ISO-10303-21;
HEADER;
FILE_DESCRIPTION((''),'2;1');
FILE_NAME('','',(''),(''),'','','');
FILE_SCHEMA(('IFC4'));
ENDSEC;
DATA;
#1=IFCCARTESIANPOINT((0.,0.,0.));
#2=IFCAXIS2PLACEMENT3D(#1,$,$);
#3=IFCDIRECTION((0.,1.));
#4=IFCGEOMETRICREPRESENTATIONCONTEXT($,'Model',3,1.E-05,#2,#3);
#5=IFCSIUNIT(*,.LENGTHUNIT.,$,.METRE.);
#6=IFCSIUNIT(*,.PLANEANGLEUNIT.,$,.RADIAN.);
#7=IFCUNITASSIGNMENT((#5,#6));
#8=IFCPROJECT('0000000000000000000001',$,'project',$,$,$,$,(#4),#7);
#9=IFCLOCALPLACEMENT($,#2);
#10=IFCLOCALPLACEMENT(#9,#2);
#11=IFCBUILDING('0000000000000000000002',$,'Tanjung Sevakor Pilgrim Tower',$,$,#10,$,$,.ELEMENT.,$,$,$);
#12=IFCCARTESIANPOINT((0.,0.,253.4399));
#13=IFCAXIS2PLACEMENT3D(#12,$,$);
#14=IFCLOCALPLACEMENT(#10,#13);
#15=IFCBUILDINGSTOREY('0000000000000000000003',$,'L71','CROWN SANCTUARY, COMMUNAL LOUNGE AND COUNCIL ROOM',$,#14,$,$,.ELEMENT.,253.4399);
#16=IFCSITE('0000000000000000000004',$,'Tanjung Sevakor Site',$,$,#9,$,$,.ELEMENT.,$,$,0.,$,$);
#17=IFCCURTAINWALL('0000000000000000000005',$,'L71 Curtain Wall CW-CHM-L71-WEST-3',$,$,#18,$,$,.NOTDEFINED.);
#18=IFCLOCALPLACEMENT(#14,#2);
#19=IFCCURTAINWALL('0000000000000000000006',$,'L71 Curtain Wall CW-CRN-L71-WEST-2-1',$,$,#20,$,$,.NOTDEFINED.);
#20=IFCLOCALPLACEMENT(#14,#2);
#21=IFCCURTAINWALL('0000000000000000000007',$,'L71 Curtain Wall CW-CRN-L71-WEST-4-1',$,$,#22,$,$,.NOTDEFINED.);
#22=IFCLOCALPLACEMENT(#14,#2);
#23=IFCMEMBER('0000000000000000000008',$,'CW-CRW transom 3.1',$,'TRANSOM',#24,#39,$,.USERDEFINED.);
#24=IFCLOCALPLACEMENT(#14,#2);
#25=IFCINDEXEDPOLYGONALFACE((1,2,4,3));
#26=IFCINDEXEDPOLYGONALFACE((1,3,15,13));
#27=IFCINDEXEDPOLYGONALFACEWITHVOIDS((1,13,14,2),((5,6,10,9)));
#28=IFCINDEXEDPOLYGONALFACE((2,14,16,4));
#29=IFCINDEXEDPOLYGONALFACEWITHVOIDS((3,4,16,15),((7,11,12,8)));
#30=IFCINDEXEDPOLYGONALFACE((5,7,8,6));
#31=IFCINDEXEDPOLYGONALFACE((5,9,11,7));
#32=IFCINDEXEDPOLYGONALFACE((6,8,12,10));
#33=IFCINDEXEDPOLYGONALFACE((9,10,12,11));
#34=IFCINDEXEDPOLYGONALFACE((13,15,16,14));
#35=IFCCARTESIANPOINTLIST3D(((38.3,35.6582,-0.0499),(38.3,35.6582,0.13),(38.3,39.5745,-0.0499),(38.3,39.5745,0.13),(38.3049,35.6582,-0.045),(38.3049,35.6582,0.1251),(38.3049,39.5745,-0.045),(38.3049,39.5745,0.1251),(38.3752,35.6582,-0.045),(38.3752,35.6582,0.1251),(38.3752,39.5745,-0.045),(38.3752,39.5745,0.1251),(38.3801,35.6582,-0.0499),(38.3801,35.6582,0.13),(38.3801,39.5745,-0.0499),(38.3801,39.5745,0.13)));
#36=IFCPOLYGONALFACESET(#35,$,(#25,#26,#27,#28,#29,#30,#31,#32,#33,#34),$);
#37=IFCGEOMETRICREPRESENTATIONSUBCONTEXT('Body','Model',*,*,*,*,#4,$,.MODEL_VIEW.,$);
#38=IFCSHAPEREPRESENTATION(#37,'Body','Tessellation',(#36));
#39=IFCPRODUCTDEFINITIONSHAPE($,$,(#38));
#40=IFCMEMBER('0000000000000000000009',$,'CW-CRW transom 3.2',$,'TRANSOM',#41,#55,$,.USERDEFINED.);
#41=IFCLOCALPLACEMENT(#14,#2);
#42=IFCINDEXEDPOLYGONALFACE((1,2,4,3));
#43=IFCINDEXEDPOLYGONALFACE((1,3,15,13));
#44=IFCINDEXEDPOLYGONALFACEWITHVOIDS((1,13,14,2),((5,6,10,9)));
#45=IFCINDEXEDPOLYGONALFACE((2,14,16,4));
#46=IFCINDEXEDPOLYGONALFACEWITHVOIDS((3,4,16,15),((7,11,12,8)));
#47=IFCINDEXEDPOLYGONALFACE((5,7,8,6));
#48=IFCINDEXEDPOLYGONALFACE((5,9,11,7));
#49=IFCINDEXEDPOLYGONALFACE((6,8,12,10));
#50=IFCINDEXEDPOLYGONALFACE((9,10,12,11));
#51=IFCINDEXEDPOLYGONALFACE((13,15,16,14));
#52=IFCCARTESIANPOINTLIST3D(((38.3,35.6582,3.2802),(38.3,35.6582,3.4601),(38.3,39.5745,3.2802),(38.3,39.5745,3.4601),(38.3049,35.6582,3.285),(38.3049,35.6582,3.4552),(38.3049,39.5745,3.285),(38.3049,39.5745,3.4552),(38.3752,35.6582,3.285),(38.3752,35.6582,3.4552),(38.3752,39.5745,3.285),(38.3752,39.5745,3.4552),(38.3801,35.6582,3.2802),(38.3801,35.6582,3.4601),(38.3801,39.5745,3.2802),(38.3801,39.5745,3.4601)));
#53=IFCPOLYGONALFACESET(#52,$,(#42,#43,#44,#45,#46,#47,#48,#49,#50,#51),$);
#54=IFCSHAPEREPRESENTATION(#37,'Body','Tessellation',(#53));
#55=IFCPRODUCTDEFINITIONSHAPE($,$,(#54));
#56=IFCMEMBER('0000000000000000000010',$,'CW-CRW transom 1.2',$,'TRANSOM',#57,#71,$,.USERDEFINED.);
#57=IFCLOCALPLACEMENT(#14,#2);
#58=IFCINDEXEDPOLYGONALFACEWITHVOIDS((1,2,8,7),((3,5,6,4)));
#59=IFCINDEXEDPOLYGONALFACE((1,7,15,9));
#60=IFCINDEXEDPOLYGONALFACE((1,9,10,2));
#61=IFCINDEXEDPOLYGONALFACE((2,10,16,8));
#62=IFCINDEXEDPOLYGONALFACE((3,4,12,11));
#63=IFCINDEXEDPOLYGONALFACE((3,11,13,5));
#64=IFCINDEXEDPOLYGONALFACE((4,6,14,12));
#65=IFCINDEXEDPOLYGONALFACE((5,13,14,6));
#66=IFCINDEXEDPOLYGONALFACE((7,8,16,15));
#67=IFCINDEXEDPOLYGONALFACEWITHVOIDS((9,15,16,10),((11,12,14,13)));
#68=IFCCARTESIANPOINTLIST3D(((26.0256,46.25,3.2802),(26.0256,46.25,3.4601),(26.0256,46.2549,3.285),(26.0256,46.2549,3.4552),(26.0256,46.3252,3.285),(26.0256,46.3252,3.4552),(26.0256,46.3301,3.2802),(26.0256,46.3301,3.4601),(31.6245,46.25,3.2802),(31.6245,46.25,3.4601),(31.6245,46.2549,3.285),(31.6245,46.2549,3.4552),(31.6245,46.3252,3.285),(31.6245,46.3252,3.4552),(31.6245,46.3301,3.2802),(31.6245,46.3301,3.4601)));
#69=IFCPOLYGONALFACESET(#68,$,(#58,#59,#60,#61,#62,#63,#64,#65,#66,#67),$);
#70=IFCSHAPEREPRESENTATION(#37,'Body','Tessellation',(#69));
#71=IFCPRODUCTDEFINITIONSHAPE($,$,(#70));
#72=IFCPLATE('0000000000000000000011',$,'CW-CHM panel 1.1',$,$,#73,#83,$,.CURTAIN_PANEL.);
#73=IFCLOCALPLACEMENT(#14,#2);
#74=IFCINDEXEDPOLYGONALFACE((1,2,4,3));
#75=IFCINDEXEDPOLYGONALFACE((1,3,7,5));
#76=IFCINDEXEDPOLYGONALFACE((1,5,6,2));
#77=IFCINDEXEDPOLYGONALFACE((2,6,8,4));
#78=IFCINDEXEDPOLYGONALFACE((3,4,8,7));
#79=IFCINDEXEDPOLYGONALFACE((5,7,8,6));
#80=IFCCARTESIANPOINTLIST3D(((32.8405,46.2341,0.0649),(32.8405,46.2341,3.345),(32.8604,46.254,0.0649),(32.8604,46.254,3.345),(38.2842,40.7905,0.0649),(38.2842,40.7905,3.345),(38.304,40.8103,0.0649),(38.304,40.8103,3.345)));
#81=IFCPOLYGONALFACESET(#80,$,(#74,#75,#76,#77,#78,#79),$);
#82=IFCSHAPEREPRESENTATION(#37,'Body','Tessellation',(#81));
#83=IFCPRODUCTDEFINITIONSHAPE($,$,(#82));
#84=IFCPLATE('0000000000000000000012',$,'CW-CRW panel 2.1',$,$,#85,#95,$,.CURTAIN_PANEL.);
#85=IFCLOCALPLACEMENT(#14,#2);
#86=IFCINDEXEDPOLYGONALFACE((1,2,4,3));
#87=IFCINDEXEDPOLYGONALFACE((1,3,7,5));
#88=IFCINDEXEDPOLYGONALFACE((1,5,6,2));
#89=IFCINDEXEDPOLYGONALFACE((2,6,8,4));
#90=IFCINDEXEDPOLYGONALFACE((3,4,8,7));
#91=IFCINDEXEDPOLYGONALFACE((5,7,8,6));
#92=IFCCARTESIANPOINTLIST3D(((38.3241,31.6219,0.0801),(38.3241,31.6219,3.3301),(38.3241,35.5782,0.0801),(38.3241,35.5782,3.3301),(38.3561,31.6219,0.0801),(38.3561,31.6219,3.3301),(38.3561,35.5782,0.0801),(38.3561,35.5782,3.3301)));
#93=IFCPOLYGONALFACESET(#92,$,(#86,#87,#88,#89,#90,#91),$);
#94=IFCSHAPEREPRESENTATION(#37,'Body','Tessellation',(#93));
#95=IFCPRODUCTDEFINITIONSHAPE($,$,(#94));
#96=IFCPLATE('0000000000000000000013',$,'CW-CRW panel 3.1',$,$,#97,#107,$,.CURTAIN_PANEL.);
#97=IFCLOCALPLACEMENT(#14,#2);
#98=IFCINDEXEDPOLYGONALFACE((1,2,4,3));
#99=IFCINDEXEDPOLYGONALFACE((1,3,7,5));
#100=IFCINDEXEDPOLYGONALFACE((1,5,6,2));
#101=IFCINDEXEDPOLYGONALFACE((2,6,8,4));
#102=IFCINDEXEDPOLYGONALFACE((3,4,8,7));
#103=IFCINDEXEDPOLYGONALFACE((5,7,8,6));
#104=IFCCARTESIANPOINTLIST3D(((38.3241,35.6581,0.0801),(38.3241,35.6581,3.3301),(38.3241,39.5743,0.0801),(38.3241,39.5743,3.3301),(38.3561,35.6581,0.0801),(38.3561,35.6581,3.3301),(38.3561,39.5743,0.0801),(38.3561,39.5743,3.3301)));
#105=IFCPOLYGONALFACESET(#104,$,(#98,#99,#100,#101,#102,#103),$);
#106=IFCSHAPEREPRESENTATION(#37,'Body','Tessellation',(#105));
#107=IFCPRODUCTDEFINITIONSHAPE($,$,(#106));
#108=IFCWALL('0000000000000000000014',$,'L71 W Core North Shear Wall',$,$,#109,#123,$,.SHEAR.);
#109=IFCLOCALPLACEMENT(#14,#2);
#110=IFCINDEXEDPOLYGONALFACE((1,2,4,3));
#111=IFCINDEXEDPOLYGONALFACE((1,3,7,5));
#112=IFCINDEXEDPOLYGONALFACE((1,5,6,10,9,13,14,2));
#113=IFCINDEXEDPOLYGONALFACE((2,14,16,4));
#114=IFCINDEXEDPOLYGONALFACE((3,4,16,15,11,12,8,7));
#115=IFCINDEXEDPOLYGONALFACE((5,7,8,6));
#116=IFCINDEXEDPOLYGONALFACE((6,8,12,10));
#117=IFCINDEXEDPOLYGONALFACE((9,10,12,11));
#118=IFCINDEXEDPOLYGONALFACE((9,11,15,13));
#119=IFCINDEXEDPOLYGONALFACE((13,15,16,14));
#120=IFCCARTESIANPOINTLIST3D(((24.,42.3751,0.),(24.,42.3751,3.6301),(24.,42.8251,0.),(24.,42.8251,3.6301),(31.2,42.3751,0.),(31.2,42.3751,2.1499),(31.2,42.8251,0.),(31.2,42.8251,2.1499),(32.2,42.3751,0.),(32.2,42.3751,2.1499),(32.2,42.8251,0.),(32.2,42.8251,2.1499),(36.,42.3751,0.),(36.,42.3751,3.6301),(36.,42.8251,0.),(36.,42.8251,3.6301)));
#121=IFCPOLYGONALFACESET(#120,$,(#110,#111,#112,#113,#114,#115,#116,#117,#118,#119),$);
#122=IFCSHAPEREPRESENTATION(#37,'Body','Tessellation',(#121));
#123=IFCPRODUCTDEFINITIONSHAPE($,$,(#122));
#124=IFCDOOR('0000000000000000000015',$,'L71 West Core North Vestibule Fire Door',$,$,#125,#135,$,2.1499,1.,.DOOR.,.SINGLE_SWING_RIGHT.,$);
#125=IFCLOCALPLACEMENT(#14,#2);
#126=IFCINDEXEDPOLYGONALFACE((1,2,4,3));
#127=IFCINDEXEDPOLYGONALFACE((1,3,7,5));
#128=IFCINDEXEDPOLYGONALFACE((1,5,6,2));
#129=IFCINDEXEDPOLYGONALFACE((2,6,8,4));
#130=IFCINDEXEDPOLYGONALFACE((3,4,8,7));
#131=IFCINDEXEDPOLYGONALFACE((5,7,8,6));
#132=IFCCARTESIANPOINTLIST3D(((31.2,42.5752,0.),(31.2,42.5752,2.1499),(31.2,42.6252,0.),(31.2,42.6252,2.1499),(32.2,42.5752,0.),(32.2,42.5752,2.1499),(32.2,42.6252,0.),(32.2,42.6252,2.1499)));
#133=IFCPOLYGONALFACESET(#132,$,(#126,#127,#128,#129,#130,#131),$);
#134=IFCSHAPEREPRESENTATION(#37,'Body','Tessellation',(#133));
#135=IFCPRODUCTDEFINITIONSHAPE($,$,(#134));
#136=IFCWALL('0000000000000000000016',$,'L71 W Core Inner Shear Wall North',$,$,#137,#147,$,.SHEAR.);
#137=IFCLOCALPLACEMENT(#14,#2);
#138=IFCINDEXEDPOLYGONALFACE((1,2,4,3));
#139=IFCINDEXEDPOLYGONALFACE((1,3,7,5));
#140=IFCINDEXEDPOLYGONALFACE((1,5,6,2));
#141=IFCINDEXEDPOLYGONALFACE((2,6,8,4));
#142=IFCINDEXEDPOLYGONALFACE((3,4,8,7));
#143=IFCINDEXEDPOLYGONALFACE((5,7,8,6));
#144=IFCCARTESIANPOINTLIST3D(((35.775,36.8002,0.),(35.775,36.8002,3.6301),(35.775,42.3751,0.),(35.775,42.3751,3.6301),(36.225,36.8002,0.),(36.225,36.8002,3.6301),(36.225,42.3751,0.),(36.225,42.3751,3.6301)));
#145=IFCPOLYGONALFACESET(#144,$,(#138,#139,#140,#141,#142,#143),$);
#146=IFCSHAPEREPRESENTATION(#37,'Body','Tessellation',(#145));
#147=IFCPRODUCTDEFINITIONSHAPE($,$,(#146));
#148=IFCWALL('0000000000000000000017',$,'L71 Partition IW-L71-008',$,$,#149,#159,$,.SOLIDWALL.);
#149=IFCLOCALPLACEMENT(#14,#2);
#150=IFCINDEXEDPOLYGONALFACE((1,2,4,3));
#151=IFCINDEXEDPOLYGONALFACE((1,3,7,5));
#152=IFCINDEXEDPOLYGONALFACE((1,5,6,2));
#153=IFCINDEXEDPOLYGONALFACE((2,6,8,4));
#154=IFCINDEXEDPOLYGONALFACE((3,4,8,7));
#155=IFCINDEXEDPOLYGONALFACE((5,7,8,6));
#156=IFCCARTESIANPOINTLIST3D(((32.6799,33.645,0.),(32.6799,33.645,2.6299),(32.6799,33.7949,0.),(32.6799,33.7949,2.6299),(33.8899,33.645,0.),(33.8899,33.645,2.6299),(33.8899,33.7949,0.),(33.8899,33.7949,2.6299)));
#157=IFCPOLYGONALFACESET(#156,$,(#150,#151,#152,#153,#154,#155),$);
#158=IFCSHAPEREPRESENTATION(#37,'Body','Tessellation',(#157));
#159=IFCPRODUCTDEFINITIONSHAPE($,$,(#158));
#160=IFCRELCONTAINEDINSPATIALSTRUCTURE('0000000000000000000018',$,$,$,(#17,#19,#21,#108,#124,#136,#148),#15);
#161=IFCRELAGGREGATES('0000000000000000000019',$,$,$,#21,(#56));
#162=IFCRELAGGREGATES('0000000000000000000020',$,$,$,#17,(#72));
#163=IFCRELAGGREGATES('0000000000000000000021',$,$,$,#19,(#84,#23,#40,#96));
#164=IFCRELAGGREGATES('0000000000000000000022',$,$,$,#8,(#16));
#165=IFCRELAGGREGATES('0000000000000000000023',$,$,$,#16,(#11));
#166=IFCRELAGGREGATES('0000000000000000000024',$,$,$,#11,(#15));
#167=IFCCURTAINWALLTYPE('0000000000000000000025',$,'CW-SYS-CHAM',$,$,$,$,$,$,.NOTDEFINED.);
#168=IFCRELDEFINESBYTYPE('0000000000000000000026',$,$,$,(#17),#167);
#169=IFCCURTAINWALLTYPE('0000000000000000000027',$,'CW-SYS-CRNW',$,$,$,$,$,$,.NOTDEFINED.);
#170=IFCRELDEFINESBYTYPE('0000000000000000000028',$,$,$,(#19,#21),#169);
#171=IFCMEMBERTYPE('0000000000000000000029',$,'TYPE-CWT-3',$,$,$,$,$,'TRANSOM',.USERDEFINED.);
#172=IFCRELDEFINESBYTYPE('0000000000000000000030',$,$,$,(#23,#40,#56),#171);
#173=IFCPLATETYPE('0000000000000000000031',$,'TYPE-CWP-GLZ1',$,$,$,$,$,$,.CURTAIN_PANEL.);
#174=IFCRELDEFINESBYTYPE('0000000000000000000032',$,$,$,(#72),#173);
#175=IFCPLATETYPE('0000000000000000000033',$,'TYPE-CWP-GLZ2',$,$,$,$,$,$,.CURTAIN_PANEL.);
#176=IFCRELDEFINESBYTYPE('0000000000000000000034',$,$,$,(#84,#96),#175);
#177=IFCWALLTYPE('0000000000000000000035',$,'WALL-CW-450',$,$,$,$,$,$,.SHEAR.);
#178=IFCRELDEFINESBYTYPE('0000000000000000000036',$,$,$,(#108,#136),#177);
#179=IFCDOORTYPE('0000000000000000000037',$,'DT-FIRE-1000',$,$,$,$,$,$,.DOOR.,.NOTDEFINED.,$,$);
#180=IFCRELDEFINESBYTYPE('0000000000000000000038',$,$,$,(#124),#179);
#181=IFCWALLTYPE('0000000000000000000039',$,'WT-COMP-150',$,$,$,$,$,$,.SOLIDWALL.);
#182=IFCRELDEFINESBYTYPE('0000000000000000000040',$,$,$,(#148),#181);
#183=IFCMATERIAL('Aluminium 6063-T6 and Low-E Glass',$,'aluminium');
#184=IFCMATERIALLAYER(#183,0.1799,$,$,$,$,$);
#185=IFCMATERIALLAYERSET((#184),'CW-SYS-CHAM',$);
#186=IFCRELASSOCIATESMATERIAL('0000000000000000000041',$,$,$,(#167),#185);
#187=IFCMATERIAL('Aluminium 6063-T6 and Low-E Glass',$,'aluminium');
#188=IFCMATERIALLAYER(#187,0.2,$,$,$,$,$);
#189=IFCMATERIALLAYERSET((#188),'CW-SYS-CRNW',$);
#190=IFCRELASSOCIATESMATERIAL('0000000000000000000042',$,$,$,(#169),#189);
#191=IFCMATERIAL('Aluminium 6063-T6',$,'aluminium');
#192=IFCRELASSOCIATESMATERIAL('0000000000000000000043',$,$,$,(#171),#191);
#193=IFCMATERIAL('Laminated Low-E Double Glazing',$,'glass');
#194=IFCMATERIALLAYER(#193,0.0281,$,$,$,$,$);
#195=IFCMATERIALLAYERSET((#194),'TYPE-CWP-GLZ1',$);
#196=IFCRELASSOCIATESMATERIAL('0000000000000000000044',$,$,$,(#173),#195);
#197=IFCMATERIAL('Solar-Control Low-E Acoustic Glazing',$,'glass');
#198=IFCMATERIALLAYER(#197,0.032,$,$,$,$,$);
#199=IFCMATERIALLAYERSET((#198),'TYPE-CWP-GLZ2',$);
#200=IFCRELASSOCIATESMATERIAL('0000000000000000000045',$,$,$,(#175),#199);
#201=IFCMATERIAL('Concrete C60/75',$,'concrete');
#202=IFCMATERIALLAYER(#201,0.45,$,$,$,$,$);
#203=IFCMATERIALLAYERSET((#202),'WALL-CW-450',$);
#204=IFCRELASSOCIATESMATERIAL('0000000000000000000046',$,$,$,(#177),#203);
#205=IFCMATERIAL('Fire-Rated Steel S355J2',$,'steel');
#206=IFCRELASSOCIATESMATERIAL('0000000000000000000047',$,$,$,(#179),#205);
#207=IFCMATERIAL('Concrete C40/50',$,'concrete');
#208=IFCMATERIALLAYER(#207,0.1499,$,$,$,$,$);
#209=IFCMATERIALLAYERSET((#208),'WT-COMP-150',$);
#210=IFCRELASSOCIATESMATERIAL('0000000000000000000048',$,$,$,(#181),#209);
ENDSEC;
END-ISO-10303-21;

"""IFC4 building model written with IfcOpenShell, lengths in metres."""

from ifc_helpers import new_model, si_unit, direction, frame, frame_2d, origin, origin_2d, place, context, subcontext, project, spatial, rectangle, hollow_rectangle, extrude, material, layer, layer_set, material_profile, profile_set, type_object, element, fill, aggregate, save


model = new_model("IFC4")

# Units and contexts
model_context = context("Model", 3, precision=1e-05, world=origin(), true_north=direction((0.0, 1.0)))
body_context = subcontext(model_context, "Body", "Model", "MODEL_VIEW")
ifc_project = project(units=[si_unit("LENGTHUNIT", "METRE"), si_unit("PLANEANGLEUNIT", "RADIAN")], contexts=[model_context])

# Site, building, storey
site_placement = place(None, origin())
site = spatial("IfcSite", under=ifc_project, at=site_placement, Name="Tanjung Sevakor Site", CompositionType="ELEMENT", RefElevation=0.0)
building_placement = place(site_placement, origin())
building = spatial("IfcBuilding", under=site, at=building_placement, Name="Tanjung Sevakor Pilgrim Tower", CompositionType="ELEMENT")
storey_placement = place(building_placement, frame((0.0, 0.0, 253.4399)))
storey = spatial("IfcBuildingStorey", under=building, at=storey_placement, Name="L71", Description="CROWN SANCTUARY, COMMUNAL LOUNGE AND COUNCIL ROOM", CompositionType="ELEMENT", Elevation=253.4399)

# Curtain walls
ifc_material_1 = material(Name="Aluminium 6063-T6 and Low-E Glass", Category="aluminium")
ifc_layer_1 = layer(ifc_material_1, 0.1799)
ifc_layer_set_1 = layer_set([ifc_layer_1], Name="CW-SYS-CHAM")
curtain_wall_type_1 = type_object("IfcCurtainWallType", Name="CW-SYS-CHAM", PredefinedType="NOTDEFINED", material=ifc_layer_set_1)
curtain_wall_1_placement = place(storey_placement, origin())
curtain_wall_1 = element("IfcCurtainWall", 1, at=curtain_wall_1_placement, inside=storey, type_object=curtain_wall_type_1, Name="L71 Curtain Wall CW-CHM-L71-WEST-3", PredefinedType="NOTDEFINED")
ifc_material_2 = material(Name="Aluminium 6063-T6 and Low-E Glass", Category="aluminium")
ifc_layer_2 = layer(ifc_material_2, 0.2)
ifc_layer_set_2 = layer_set([ifc_layer_2], Name="CW-SYS-CRNW")
curtain_wall_type_2 = type_object("IfcCurtainWallType", Name="CW-SYS-CRNW", PredefinedType="NOTDEFINED", material=ifc_layer_set_2)
curtain_wall_2_placement = place(storey_placement, origin())
curtain_wall_2 = element("IfcCurtainWall", 2, at=curtain_wall_2_placement, inside=storey, type_object=curtain_wall_type_2, Name="L71 Curtain Wall CW-CRN-L71-WEST-2-1", PredefinedType="NOTDEFINED")

# Curtain wall
curtain_wall_3_placement = place(storey_placement, origin())
curtain_wall_3 = element("IfcCurtainWall", 3, at=curtain_wall_3_placement, inside=storey, type_object=curtain_wall_type_2, Name="L71 Curtain Wall CW-CRN-L71-WEST-4-1", PredefinedType="NOTDEFINED")

# Members
ifc_material_3 = material(Name="Aluminium 6063-T6", Category="aluminium")
ifc_material_profile_1 = material_profile(ifc_material_3, hollow_rectangle(XDim=0.0801, YDim=0.1799, WallThickness=0.0049, at=origin_2d()))
ifc_profile_set_1 = profile_set([ifc_material_profile_1], Name="Aluminium 6063-T6")
member_type_1 = type_object("IfcMemberType", Name="TYPE-CWT-3", ElementType="TRANSOM", PredefinedType="USERDEFINED", material=ifc_profile_set_1)
member_1_placement = place(storey_placement, frame((38.3401, 35.6582, 0.04), z_axis=(0.0, 1.0, 0.0), x_axis=(-1.0, 0.0, 0.0)))
member_1 = element("IfcMember", 4, at=member_1_placement, type_object=member_type_1, Name="CW-CRW transom 3.1", ObjectType="TRANSOM", PredefinedType="USERDEFINED", context=body_context, shape_type="SweptSolid", body=[
    extrude(hollow_rectangle(XDim=0.0801, YDim=0.1799, WallThickness=0.0049, at=origin_2d()), origin(), (0.0, 0.0, 1.0), 3.9163),
])
member_2_placement = place(storey_placement, frame((38.3401, 35.6582, 3.3701), z_axis=(0.0, 1.0, 0.0), x_axis=(-1.0, 0.0, 0.0)))
member_2 = element("IfcMember", 5, at=member_2_placement, type_object=member_type_1, Name="CW-CRW transom 3.2", ObjectType="TRANSOM", PredefinedType="USERDEFINED", context=body_context, shape_type="SweptSolid", body=[
    extrude(hollow_rectangle(XDim=0.0801, YDim=0.1799, WallThickness=0.0049, at=origin_2d()), origin(), (0.0, 0.0, 1.0), 3.9163),
])
member_3_placement = place(storey_placement, frame((31.6245, 46.29, 3.3701), z_axis=(-1.0, 0.0, 0.0), x_axis=(0.0, -1.0, 0.0)))
member_3 = element("IfcMember", 6, at=member_3_placement, type_object=member_type_1, Name="CW-CRW transom 1.2", ObjectType="TRANSOM", PredefinedType="USERDEFINED", context=body_context, shape_type="SweptSolid", body=[
    extrude(hollow_rectangle(XDim=0.0801, YDim=0.1799, WallThickness=0.0049, at=origin_2d()), origin(), (0.0, 0.0, 1.0), 5.5989),
])
aggregate(curtain_wall_3, [member_3])

# Plates
ifc_material_4 = material(Name="Laminated Low-E Double Glazing", Category="glass")
ifc_layer_3 = layer(ifc_material_4, 0.0281)
ifc_layer_set_3 = layer_set([ifc_layer_3], Name="TYPE-CWP-GLZ1")
plate_type_1 = type_object("IfcPlateType", Name="TYPE-CWP-GLZ1", PredefinedType="CURTAIN_PANEL", material=ifc_layer_set_3)
plate_1_placement = place(storey_placement, frame((35.5723, 43.5222, 0.0649), z_axis=(0.0, 0.0, 1.0), x_axis=(-0.707107, 0.707107, 0.0)))
plate_1 = element("IfcPlate", 7, at=plate_1_placement, type_object=plate_type_1, Name="CW-CHM panel 1.1", PredefinedType="CURTAIN_PANEL", context=body_context, shape_type="SweptSolid", body=[
    extrude(rectangle(XDim=7.6985, YDim=0.0281, at=origin_2d()), origin(), (0.0, 0.0, 1.0), 3.28),
])
aggregate(curtain_wall_1, [plate_1])
ifc_material_5 = material(Name="Solar-Control Low-E Acoustic Glazing", Category="glass")
ifc_layer_4 = layer(ifc_material_5, 0.032)
ifc_layer_set_4 = layer_set([ifc_layer_4], Name="TYPE-CWP-GLZ2")
plate_type_2 = type_object("IfcPlateType", Name="TYPE-CWP-GLZ2", PredefinedType="CURTAIN_PANEL", material=ifc_layer_set_4)
plate_2_placement = place(storey_placement, frame((38.3401, 33.6001, 0.0801), z_axis=(0.0, 0.0, 1.0), x_axis=(0.0, 1.0, 0.0)))
plate_2 = element("IfcPlate", 8, at=plate_2_placement, type_object=plate_type_2, Name="CW-CRW panel 2.1", PredefinedType="CURTAIN_PANEL", context=body_context, shape_type="SweptSolid", body=[
    extrude(rectangle(XDim=3.9563, YDim=0.032, at=origin_2d()), origin(), (0.0, 0.0, 1.0), 3.25),
])
plate_3_placement = place(storey_placement, frame((38.3401, 37.6162, 0.0801), z_axis=(0.0, 0.0, 1.0), x_axis=(0.0, 1.0, 0.0)))
plate_3 = element("IfcPlate", 9, at=plate_3_placement, type_object=plate_type_2, Name="CW-CRW panel 3.1", PredefinedType="CURTAIN_PANEL", context=body_context, shape_type="SweptSolid", body=[
    extrude(rectangle(XDim=3.9163, YDim=0.032, at=origin_2d()), origin(), (0.0, 0.0, 1.0), 3.25),
])
aggregate(curtain_wall_2, [plate_2, member_1, member_2, plate_3])

# Wall, opening, door
ifc_material_6 = material(Name="Concrete C60/75", Category="concrete")
ifc_layer_5 = layer(ifc_material_6, 0.45)
ifc_layer_set_5 = layer_set([ifc_layer_5], Name="WALL-CW-450")
wall_type_1 = type_object("IfcWallType", Name="WALL-CW-450", PredefinedType="SHEAR", material=ifc_layer_set_5)
wall_1_placement = place(storey_placement, frame((36.0, 42.6001, 0.0), z_axis=(0.0, 0.0, 1.0), x_axis=(-1.0, 0.0, 0.0)))
wall_1 = element("IfcWall", 10, at=wall_1_placement, inside=storey, type_object=wall_type_1, Name="L71 W Core North Shear Wall", PredefinedType="SHEAR", context=body_context, shape_type="SweptSolid", body=[
    extrude(rectangle(XDim=12.0, YDim=0.45, at=frame_2d((6.0, 0.0))), origin(), (0.0, 0.0, 1.0), 3.6301),
])
opening_1_placement = place(wall_1_placement, frame((3.8, 0.0, 0.0)))
opening_1 = element("IfcOpeningElement", 11, at=opening_1_placement, cuts=wall_1, PredefinedType="OPENING", context=body_context, shape_type="SweptSolid", body=[
    extrude(rectangle(XDim=1.0, YDim=2.1499, at=frame_2d((0.5, 1.075))), frame((0.0, 0.2349, 0.0), z_axis=(0.0, -1.0, 0.0), x_axis=(1.0, 0.0, 0.0)), (0.0, 0.0, 1.0), 0.47),
])
ifc_material_7 = material(Name="Fire-Rated Steel S355J2", Category="steel")
door_type_1 = type_object("IfcDoorType", Name="DT-FIRE-1000", OperationType="NOTDEFINED", PredefinedType="DOOR", material=ifc_material_7)
door_1_placement = place(opening_1_placement, origin())
door_1 = element("IfcDoor", 12, at=door_1_placement, inside=storey, type_object=door_type_1, Name="L71 West Core North Vestibule Fire Door", OperationType="SINGLE_SWING_RIGHT", OverallHeight=2.1499, OverallWidth=1.0, PredefinedType="DOOR", context=body_context, shape_type="SweptSolid", body=[
    extrude(rectangle(XDim=1.0, YDim=2.1499, at=frame_2d((0.5, 1.075))), frame((0.0, 0.0249, 0.0), z_axis=(0.0, -1.0, 0.0), x_axis=(1.0, 0.0, 0.0)), (0.0, 0.0, 1.0), 0.05),
])
fill(opening_1, door_1)

# Walls
wall_2_placement = place(storey_placement, frame((36.0, 36.8, 0.0), z_axis=(0.0, 0.0, 1.0), x_axis=(0.0, 1.0, 0.0)))
element("IfcWall", 13, at=wall_2_placement, inside=storey, type_object=wall_type_1, Name="L71 W Core Inner Shear Wall North", PredefinedType="SHEAR", context=body_context, shape_type="SweptSolid", body=[
    extrude(rectangle(XDim=5.575, YDim=0.45, at=frame_2d((2.7876, 0.0))), origin(), (0.0, 0.0, 1.0), 3.6301),
])
ifc_material_8 = material(Name="Concrete C40/50", Category="concrete")
ifc_layer_6 = layer(ifc_material_8, 0.1499)
ifc_layer_set_6 = layer_set([ifc_layer_6], Name="WT-COMP-150")
wall_type_2 = type_object("IfcWallType", Name="WT-COMP-150", PredefinedType="SOLIDWALL", material=ifc_layer_set_6)
wall_3_placement = place(storey_placement, frame((32.6799, 33.72, 0.0), z_axis=(0.0, 0.0, 1.0), x_axis=(1.0, 0.0, 0.0)))
element("IfcWall", 14, at=wall_3_placement, inside=storey, type_object=wall_type_2, Name="L71 Partition IW-L71-008", PredefinedType="SOLIDWALL", context=body_context, shape_type="SweptSolid", body=[
    extrude(rectangle(XDim=1.21, YDim=0.1499, at=frame_2d((0.605, 0.0))), origin(), (0.0, 0.0, 1.0), 2.6299),
])

save(model, "model.ifc")
